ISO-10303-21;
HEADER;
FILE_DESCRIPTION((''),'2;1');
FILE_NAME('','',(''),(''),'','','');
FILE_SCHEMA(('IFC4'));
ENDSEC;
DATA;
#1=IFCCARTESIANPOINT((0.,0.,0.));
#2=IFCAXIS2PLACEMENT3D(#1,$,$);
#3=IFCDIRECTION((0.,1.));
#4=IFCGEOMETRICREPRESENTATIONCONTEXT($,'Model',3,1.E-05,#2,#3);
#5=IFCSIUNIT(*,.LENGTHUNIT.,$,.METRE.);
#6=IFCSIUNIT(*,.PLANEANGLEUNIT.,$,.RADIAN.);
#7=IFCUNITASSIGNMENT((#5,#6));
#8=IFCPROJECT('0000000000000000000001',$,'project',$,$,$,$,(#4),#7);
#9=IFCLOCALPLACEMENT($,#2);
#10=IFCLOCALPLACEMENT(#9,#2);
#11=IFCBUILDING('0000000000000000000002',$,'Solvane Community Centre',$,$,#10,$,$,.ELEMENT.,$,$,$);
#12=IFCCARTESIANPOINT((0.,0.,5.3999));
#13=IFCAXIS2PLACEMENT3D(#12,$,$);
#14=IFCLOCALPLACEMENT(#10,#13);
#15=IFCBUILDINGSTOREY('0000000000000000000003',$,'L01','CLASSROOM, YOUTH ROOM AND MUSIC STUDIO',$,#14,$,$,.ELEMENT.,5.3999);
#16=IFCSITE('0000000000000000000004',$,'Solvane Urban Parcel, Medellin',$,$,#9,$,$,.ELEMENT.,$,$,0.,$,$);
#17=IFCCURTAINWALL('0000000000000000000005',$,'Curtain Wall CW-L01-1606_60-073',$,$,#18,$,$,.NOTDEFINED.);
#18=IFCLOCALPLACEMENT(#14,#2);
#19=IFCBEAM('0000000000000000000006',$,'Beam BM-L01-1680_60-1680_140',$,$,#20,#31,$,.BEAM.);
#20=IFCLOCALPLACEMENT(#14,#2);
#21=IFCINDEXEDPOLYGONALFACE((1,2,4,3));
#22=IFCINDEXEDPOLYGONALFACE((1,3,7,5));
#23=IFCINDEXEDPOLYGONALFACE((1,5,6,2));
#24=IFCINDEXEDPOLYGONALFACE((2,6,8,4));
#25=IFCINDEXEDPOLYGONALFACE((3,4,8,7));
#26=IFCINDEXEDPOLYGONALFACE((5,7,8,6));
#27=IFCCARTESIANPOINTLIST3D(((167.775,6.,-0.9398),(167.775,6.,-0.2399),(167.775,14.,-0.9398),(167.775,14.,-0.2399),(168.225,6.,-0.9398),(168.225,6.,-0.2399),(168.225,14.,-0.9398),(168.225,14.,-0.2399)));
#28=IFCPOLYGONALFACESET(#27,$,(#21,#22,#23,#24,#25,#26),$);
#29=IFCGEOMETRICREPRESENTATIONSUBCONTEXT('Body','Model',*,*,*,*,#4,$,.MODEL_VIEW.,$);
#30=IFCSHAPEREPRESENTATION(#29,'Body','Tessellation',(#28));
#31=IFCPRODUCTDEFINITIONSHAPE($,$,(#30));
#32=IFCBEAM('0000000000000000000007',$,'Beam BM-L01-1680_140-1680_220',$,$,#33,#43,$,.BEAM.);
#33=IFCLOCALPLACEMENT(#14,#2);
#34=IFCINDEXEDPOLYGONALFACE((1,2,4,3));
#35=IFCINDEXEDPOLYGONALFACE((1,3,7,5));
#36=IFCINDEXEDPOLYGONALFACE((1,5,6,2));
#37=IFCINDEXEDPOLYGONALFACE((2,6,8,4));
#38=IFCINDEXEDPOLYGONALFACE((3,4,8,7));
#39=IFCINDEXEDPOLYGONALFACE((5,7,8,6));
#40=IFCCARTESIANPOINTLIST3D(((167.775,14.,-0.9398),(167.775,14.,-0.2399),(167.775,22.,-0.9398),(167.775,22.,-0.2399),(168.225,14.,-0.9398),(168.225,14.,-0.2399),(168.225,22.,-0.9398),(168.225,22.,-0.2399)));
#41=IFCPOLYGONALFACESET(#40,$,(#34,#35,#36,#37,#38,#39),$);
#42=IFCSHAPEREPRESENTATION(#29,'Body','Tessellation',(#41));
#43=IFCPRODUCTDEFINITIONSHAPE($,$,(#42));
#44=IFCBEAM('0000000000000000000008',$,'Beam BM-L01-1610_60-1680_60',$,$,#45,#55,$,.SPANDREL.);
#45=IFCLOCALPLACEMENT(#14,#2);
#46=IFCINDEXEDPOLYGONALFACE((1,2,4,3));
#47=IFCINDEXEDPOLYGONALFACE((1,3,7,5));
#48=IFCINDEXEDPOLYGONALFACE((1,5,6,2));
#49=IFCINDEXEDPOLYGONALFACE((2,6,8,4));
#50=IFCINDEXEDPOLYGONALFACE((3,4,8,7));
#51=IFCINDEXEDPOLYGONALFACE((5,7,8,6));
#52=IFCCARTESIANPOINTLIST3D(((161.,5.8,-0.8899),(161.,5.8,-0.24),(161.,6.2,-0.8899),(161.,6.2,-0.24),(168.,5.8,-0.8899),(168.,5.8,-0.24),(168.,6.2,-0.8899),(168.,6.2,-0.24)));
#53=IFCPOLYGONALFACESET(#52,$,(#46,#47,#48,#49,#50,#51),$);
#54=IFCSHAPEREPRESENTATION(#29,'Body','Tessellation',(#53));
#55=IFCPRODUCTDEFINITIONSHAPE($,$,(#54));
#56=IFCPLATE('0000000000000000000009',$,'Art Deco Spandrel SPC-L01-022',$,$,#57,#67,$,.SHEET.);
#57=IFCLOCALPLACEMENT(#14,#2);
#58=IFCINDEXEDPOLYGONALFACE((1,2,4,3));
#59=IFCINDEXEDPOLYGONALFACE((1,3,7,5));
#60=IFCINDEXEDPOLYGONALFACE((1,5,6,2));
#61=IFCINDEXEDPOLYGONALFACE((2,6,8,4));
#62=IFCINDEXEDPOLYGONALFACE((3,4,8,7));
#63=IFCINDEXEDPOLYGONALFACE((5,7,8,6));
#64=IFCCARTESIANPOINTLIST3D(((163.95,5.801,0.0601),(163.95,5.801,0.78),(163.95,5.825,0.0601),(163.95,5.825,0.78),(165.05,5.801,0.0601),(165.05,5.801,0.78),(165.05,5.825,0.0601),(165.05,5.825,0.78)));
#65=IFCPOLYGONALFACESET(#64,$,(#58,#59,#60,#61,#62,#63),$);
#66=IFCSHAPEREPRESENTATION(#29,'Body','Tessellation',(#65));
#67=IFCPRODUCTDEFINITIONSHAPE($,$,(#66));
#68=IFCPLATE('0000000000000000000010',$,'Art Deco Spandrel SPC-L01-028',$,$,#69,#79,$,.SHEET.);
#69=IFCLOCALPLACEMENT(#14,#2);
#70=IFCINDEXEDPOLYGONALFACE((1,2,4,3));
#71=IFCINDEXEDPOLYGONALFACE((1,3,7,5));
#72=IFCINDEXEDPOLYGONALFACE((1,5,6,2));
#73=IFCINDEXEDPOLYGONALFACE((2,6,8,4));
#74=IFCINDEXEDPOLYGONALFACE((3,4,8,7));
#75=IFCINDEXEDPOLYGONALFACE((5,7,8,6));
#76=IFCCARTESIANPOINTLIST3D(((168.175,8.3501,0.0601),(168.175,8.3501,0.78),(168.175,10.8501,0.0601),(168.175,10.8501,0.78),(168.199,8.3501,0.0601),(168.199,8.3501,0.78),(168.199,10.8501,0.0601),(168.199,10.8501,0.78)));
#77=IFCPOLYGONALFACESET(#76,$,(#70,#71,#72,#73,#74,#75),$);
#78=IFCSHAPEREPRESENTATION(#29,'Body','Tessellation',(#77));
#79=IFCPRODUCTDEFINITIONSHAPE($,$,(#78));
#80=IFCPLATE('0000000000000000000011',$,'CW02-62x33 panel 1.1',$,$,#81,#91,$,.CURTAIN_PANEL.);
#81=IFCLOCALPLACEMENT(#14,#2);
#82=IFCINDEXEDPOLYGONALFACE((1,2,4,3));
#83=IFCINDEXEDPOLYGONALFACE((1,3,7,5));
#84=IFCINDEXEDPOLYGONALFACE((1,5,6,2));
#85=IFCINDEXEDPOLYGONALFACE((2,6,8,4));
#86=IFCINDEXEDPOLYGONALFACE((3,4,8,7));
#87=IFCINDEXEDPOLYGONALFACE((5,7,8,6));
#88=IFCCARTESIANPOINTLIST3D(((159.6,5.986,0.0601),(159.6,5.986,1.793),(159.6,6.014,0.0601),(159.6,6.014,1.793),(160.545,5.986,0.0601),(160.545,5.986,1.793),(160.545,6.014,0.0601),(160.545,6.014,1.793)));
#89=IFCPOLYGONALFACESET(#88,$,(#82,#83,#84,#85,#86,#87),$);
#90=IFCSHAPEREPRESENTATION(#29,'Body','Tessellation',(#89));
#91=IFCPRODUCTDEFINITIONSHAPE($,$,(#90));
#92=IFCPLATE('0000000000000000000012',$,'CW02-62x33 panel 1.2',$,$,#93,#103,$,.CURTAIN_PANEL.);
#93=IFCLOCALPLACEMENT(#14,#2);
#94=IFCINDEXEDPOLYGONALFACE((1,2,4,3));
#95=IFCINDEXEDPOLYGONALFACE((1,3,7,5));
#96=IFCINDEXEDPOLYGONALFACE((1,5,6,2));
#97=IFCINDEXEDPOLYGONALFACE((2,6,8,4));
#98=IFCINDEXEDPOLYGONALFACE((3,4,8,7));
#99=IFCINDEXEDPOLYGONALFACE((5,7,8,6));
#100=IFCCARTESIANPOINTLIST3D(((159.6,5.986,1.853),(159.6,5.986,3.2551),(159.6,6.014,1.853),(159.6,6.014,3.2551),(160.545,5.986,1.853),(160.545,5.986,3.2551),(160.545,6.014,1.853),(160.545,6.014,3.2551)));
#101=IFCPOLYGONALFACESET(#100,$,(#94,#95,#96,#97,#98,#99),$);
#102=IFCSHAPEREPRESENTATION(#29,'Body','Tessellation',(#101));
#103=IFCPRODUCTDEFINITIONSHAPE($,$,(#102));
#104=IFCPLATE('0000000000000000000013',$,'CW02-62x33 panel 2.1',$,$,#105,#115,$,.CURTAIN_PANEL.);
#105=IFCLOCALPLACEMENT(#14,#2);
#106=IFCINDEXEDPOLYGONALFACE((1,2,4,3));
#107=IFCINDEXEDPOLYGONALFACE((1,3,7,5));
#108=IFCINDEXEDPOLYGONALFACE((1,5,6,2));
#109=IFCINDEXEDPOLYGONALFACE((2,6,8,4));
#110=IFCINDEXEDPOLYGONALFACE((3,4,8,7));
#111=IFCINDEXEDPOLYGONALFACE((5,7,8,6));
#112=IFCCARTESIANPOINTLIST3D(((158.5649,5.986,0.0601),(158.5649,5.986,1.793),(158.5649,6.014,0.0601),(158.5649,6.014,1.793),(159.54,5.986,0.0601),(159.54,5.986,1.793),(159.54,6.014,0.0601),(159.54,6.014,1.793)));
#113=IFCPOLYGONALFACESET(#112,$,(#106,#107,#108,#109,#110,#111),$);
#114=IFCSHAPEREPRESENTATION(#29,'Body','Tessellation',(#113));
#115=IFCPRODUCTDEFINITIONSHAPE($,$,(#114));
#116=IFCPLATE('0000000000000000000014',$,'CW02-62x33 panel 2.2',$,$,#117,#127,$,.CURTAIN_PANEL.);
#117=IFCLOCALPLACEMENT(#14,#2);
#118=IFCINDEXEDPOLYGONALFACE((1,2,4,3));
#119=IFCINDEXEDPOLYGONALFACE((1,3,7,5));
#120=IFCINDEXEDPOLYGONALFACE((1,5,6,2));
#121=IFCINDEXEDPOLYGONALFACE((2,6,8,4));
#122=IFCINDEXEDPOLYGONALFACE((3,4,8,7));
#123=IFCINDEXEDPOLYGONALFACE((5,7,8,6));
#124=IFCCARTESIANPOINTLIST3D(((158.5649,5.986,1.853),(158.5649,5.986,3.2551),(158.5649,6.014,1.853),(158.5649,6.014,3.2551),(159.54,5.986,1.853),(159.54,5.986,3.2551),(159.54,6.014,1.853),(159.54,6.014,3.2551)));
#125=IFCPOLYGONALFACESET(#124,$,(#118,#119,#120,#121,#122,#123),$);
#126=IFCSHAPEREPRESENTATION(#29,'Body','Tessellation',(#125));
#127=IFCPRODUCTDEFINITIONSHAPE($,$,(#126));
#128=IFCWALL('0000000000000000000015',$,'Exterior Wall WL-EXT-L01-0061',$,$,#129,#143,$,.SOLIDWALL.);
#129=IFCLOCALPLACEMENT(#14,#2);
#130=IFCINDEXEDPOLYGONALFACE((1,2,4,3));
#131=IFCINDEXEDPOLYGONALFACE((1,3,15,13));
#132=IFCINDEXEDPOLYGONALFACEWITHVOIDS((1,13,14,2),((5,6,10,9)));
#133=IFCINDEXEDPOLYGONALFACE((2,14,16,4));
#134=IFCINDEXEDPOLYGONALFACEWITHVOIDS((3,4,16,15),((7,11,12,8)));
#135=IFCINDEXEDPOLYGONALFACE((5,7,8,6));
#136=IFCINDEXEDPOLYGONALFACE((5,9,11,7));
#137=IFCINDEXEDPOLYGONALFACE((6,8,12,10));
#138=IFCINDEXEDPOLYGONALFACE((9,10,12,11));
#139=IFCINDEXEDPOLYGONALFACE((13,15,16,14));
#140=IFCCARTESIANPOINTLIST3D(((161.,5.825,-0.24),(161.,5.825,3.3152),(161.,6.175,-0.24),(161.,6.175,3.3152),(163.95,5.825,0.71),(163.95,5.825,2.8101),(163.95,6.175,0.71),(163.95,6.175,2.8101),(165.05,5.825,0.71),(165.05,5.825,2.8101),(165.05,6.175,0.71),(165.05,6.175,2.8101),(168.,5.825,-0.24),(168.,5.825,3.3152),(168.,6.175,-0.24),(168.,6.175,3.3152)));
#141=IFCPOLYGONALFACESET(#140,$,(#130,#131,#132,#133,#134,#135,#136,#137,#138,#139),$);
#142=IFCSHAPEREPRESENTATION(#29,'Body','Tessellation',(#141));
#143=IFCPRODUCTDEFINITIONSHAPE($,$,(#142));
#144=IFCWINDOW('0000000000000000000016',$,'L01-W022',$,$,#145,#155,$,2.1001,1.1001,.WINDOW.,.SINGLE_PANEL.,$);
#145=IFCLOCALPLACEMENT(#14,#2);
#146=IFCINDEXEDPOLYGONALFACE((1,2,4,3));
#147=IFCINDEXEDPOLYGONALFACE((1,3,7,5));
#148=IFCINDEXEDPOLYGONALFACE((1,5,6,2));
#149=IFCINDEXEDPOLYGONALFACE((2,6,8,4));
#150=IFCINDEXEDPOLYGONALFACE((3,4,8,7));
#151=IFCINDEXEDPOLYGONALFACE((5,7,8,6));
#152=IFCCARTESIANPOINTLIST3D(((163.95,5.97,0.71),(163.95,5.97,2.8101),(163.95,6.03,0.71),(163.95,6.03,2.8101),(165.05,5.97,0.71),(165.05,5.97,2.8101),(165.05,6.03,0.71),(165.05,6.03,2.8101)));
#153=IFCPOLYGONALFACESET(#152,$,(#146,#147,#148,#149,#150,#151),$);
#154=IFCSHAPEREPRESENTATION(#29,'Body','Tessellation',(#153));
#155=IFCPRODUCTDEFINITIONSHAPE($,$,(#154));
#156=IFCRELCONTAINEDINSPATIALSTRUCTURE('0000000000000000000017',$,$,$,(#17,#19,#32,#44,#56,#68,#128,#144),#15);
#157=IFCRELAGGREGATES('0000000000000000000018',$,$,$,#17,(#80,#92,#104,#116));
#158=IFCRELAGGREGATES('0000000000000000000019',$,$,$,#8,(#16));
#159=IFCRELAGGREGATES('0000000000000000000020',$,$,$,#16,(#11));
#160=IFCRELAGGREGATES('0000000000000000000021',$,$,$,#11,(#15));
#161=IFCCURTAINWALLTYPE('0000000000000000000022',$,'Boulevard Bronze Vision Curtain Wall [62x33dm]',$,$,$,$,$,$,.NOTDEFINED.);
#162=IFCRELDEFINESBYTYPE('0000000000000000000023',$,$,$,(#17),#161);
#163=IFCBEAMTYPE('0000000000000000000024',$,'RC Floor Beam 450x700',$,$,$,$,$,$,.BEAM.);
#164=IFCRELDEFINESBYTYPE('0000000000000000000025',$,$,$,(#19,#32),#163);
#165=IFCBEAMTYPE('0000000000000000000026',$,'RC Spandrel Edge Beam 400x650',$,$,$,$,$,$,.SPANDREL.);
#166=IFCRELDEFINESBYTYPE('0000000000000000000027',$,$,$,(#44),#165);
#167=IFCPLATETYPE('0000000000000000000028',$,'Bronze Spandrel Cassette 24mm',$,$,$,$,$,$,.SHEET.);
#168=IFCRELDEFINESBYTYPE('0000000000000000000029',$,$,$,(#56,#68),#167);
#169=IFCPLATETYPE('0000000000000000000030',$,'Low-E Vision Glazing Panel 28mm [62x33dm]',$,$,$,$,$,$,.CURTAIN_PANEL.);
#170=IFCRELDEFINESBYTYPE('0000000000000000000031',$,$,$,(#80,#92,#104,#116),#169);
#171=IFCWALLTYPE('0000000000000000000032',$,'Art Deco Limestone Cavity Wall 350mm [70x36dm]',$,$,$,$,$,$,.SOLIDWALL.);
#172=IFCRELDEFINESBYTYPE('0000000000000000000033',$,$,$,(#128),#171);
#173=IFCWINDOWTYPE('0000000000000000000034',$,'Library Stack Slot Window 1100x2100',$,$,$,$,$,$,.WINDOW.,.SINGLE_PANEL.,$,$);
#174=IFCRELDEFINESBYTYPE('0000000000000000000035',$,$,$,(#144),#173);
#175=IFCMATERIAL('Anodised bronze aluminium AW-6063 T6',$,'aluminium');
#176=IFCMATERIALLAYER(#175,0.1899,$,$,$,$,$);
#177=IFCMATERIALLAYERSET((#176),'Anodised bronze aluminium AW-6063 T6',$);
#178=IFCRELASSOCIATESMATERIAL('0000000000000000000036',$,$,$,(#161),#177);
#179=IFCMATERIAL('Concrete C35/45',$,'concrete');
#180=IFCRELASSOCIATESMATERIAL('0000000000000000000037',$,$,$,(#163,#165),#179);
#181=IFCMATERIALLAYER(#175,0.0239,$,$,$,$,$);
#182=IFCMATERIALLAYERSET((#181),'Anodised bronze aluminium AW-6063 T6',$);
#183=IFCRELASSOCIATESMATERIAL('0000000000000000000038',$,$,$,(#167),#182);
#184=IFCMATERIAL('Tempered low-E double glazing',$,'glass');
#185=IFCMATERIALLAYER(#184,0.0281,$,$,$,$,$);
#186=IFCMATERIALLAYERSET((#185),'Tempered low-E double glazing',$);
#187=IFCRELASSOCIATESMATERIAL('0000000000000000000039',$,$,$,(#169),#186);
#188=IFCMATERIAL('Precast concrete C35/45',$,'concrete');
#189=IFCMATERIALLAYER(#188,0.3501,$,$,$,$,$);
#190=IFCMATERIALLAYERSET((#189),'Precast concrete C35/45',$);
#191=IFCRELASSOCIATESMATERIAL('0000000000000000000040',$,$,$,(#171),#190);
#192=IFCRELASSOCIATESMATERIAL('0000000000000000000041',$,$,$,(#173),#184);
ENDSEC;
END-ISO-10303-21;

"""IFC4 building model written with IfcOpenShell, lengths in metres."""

from ifc_helpers import new_model, si_unit, direction, frame, frame_2d, origin, origin_2d, place, context, subcontext, project, spatial, rectangle, extrude, material, layer, layer_set, material_profile, profile_set, type_object, element, fill, aggregate, save


model = new_model("IFC4")

# Units and contexts
model_context = context("Model", 3, precision=1e-05, world=origin(), true_north=direction((0.0, 1.0)))
body_context = subcontext(model_context, "Body", "Model", "MODEL_VIEW")
ifc_project = project(units=[si_unit("LENGTHUNIT", "METRE"), si_unit("PLANEANGLEUNIT", "RADIAN")], contexts=[model_context])

# Site, building, storey
site_placement = place(None, origin())
site = spatial("IfcSite", under=ifc_project, at=site_placement, Name="Solvane Urban Parcel, Medellin", CompositionType="ELEMENT", RefElevation=0.0)
building_placement = place(site_placement, origin())
building = spatial("IfcBuilding", under=site, at=building_placement, Name="Solvane Community Centre", CompositionType="ELEMENT")
storey_placement = place(building_placement, frame((0.0, 0.0, 5.3999)))
storey = spatial("IfcBuildingStorey", under=building, at=storey_placement, Name="L01", Description="CLASSROOM, YOUTH ROOM AND MUSIC STUDIO", CompositionType="ELEMENT", Elevation=5.3999)

# Shared definitions
ifc_material_1 = material(Name="Precast concrete C35/45", Category="concrete")

# Curtain wall
ifc_material_2 = material(Name="Anodised bronze aluminium AW-6063 T6", Category="aluminium")
ifc_layer_1 = layer(ifc_material_2, 0.1899)
ifc_layer_set_1 = layer_set([ifc_layer_1], Name="Anodised bronze aluminium AW-6063 T6")
curtain_wall_type_1 = type_object("IfcCurtainWallType", Name="Boulevard Bronze Vision Curtain Wall [62x33dm]", PredefinedType="NOTDEFINED", material=ifc_layer_set_1)
curtain_wall_1_placement = place(storey_placement, origin())
curtain_wall_1 = element("IfcCurtainWall", 1, at=curtain_wall_1_placement, inside=storey, type_object=curtain_wall_type_1, Name="Curtain Wall CW-L01-1606_60-073", PredefinedType="NOTDEFINED")

# Beams
ifc_material_3 = material(Name="Concrete C35/45", Category="concrete")
ifc_material_profile_1 = material_profile(ifc_material_3, rectangle(XDim=0.45, YDim=0.7, at=origin_2d()), Name="RC 450x700")
ifc_profile_set_1 = profile_set([ifc_material_profile_1], Name="Concrete C35/45")
beam_type_1 = type_object("IfcBeamType", Name="RC Floor Beam 450x700", PredefinedType="BEAM", material=ifc_profile_set_1)
for number, where, z_axis, x_axis, name in (
    (2, (168.0, 6.0, -0.5898), (0.0, 1.0, 0.0), (-1.0, 0.0, 0.0), "Beam BM-L01-1680_60-1680_140"),
    (3, (168.0, 14.0, -0.5898), (0.0, 1.0, 0.0), (-1.0, 0.0, 0.0), "Beam BM-L01-1680_140-1680_220"),
):
    element("IfcBeam", number, at=place(storey_placement, frame(where, z_axis=z_axis, x_axis=x_axis)), inside=storey, type_object=beam_type_1, Name=name, PredefinedType="BEAM", context=body_context, shape_type="SweptSolid", body=[
        extrude(rectangle(XDim=0.45, YDim=0.7, at=origin_2d()), origin(), (0.0, 0.0, 1.0), 8.0),
    ])
ifc_material_profile_2 = material_profile(ifc_material_3, rectangle(XDim=0.3999, YDim=0.6499, at=origin_2d()), Name="RC 400x650")
ifc_profile_set_2 = profile_set([ifc_material_profile_2], Name="Concrete C35/45")
beam_type_2 = type_object("IfcBeamType", Name="RC Spandrel Edge Beam 400x650", PredefinedType="SPANDREL", material=ifc_profile_set_2)
beam_placement = place(storey_placement, frame((161.0, 6.0, -0.5649), z_axis=(1.0, 0.0, 0.0), x_axis=(0.0, 1.0, 0.0)))
element("IfcBeam", 4, at=beam_placement, inside=storey, type_object=beam_type_2, Name="Beam BM-L01-1610_60-1680_60", PredefinedType="SPANDREL", context=body_context, shape_type="SweptSolid", body=[
    extrude(rectangle(XDim=0.3999, YDim=0.6499, at=origin_2d()), origin(), (0.0, 0.0, 1.0), 7.0),
])

# Plates
ifc_layer_2 = layer(ifc_material_2, 0.0239)
ifc_layer_set_2 = layer_set([ifc_layer_2], Name="Anodised bronze aluminium AW-6063 T6")
plate_type_1 = type_object("IfcPlateType", Name="Bronze Spandrel Cassette 24mm", PredefinedType="SHEET", material=ifc_layer_set_2)
plate_1_placement = place(storey_placement, frame((164.5, 5.813, 0.0601), z_axis=(0.0, 0.0, 1.0), x_axis=(-1.0, 0.0, 0.0)))
element("IfcPlate", 5, at=plate_1_placement, inside=storey, type_object=plate_type_1, Name="Art Deco Spandrel SPC-L01-022", PredefinedType="SHEET", context=body_context, shape_type="SweptSolid", body=[
    extrude(rectangle(XDim=1.1001, YDim=0.0239, at=origin_2d()), origin(), (0.0, 0.0, 1.0), 0.72),
])
plate_2_placement = place(storey_placement, frame((168.187, 9.6001, 0.0601), z_axis=(0.0, 0.0, 1.0), x_axis=(0.0, -1.0, 0.0)))
element("IfcPlate", 6, at=plate_2_placement, inside=storey, type_object=plate_type_1, Name="Art Deco Spandrel SPC-L01-028", PredefinedType="SHEET", context=body_context, shape_type="SweptSolid", body=[
    extrude(rectangle(XDim=2.5, YDim=0.0239, at=origin_2d()), origin(), (0.0, 0.0, 1.0), 0.72),
])

# Plates
ifc_material_4 = material(Name="Tempered low-E double glazing", Category="glass")
ifc_layer_3 = layer(ifc_material_4, 0.0281)
ifc_layer_set_3 = layer_set([ifc_layer_3], Name="Tempered low-E double glazing")
plate_type_2 = type_object("IfcPlateType", Name="Low-E Vision Glazing Panel 28mm [62x33dm]", PredefinedType="CURTAIN_PANEL", material=ifc_layer_set_3)
plate_3_placement = place(storey_placement, frame((160.0725, 6.0, 0.0601), z_axis=(0.0, 0.0, 1.0), x_axis=(-1.0, 0.0, 0.0)))
plate_3 = element("IfcPlate", 7, at=plate_3_placement, type_object=plate_type_2, Name="CW02-62x33 panel 1.1", PredefinedType="CURTAIN_PANEL", context=body_context, shape_type="SweptSolid", body=[
    extrude(rectangle(XDim=0.9451, YDim=0.0281, at=origin_2d()), origin(), (0.0, 0.0, 1.0), 1.7329),
])
plate_4_placement = place(storey_placement, frame((160.0725, 6.0, 1.853), z_axis=(0.0, 0.0, 1.0), x_axis=(-1.0, 0.0, 0.0)))
plate_4 = element("IfcPlate", 8, at=plate_4_placement, type_object=plate_type_2, Name="CW02-62x33 panel 1.2", PredefinedType="CURTAIN_PANEL", context=body_context, shape_type="SweptSolid", body=[
    extrude(rectangle(XDim=0.9451, YDim=0.0281, at=origin_2d()), origin(), (0.0, 0.0, 1.0), 1.4021),
])
plate_5_placement = place(storey_placement, frame((159.0525, 6.0, 0.0601), z_axis=(0.0, 0.0, 1.0), x_axis=(-1.0, 0.0, 0.0)))
plate_5 = element("IfcPlate", 9, at=plate_5_placement, type_object=plate_type_2, Name="CW02-62x33 panel 2.1", PredefinedType="CURTAIN_PANEL", context=body_context, shape_type="SweptSolid", body=[
    extrude(rectangle(XDim=0.9751, YDim=0.0281, at=origin_2d()), origin(), (0.0, 0.0, 1.0), 1.7329),
])
plate_6_placement = place(storey_placement, frame((159.0525, 6.0, 1.853), z_axis=(0.0, 0.0, 1.0), x_axis=(-1.0, 0.0, 0.0)))
plate_6 = element("IfcPlate", 10, at=plate_6_placement, type_object=plate_type_2, Name="CW02-62x33 panel 2.2", PredefinedType="CURTAIN_PANEL", context=body_context, shape_type="SweptSolid", body=[
    extrude(rectangle(XDim=0.9751, YDim=0.0281, at=origin_2d()), origin(), (0.0, 0.0, 1.0), 1.4021),
])
aggregate(curtain_wall_1, [plate_3, plate_4, plate_5, plate_6])

# Wall, opening, window
ifc_layer_4 = layer(ifc_material_1, 0.3501)
ifc_layer_set_4 = layer_set([ifc_layer_4], Name="Precast concrete C35/45")
wall_type_1 = type_object("IfcWallType", Name="Art Deco Limestone Cavity Wall 350mm [70x36dm]", PredefinedType="SOLIDWALL", material=ifc_layer_set_4)
wall_1_placement = place(storey_placement, frame((168.0, 6.0, -0.24), z_axis=(0.0, 0.0, 1.0), x_axis=(-1.0, 0.0, 0.0)))
wall_1 = element("IfcWall", 11, at=wall_1_placement, inside=storey, type_object=wall_type_1, Name="Exterior Wall WL-EXT-L01-0061", PredefinedType="SOLIDWALL", context=body_context, shape_type="SweptSolid", body=[
    extrude(rectangle(XDim=7.0, YDim=0.3501, at=frame_2d((3.5, 0.0))), origin(), (0.0, 0.0, 1.0), 3.5552),
])
opening_1_placement = place(wall_1_placement, frame((2.95, 0.0, 0.95)))
opening_1 = element("IfcOpeningElement", 12, at=opening_1_placement, cuts=wall_1, PredefinedType="OPENING", context=body_context, shape_type="SweptSolid", body=[
    extrude(rectangle(XDim=1.1001, YDim=2.1001, at=frame_2d((0.55, 1.05))), frame((0.0, 0.1851, 0.0), z_axis=(0.0, -1.0, 0.0), x_axis=(1.0, 0.0, 0.0)), (0.0, 0.0, 1.0), 0.3701),
])
window_type_1 = type_object("IfcWindowType", Name="Library Stack Slot Window 1100x2100", PartitioningType="SINGLE_PANEL", PredefinedType="WINDOW", material=ifc_material_4)
window_1_placement = place(opening_1_placement, origin())
window_1 = element("IfcWindow", 13, at=window_1_placement, inside=storey, type_object=window_type_1, Name="L01-W022", OverallHeight=2.1001, OverallWidth=1.1001, PartitioningType="SINGLE_PANEL", PredefinedType="WINDOW", context=body_context, shape_type="SweptSolid", body=[
    extrude(rectangle(XDim=1.1001, YDim=2.1001, at=frame_2d((0.55, 1.05))), frame((0.0, 0.03, 0.0), z_axis=(0.0, -1.0, 0.0), x_axis=(1.0, 0.0, 0.0)), (0.0, 0.0, 1.0), 0.0601),
])
fill(opening_1, window_1)

save(model, "model.ifc")
